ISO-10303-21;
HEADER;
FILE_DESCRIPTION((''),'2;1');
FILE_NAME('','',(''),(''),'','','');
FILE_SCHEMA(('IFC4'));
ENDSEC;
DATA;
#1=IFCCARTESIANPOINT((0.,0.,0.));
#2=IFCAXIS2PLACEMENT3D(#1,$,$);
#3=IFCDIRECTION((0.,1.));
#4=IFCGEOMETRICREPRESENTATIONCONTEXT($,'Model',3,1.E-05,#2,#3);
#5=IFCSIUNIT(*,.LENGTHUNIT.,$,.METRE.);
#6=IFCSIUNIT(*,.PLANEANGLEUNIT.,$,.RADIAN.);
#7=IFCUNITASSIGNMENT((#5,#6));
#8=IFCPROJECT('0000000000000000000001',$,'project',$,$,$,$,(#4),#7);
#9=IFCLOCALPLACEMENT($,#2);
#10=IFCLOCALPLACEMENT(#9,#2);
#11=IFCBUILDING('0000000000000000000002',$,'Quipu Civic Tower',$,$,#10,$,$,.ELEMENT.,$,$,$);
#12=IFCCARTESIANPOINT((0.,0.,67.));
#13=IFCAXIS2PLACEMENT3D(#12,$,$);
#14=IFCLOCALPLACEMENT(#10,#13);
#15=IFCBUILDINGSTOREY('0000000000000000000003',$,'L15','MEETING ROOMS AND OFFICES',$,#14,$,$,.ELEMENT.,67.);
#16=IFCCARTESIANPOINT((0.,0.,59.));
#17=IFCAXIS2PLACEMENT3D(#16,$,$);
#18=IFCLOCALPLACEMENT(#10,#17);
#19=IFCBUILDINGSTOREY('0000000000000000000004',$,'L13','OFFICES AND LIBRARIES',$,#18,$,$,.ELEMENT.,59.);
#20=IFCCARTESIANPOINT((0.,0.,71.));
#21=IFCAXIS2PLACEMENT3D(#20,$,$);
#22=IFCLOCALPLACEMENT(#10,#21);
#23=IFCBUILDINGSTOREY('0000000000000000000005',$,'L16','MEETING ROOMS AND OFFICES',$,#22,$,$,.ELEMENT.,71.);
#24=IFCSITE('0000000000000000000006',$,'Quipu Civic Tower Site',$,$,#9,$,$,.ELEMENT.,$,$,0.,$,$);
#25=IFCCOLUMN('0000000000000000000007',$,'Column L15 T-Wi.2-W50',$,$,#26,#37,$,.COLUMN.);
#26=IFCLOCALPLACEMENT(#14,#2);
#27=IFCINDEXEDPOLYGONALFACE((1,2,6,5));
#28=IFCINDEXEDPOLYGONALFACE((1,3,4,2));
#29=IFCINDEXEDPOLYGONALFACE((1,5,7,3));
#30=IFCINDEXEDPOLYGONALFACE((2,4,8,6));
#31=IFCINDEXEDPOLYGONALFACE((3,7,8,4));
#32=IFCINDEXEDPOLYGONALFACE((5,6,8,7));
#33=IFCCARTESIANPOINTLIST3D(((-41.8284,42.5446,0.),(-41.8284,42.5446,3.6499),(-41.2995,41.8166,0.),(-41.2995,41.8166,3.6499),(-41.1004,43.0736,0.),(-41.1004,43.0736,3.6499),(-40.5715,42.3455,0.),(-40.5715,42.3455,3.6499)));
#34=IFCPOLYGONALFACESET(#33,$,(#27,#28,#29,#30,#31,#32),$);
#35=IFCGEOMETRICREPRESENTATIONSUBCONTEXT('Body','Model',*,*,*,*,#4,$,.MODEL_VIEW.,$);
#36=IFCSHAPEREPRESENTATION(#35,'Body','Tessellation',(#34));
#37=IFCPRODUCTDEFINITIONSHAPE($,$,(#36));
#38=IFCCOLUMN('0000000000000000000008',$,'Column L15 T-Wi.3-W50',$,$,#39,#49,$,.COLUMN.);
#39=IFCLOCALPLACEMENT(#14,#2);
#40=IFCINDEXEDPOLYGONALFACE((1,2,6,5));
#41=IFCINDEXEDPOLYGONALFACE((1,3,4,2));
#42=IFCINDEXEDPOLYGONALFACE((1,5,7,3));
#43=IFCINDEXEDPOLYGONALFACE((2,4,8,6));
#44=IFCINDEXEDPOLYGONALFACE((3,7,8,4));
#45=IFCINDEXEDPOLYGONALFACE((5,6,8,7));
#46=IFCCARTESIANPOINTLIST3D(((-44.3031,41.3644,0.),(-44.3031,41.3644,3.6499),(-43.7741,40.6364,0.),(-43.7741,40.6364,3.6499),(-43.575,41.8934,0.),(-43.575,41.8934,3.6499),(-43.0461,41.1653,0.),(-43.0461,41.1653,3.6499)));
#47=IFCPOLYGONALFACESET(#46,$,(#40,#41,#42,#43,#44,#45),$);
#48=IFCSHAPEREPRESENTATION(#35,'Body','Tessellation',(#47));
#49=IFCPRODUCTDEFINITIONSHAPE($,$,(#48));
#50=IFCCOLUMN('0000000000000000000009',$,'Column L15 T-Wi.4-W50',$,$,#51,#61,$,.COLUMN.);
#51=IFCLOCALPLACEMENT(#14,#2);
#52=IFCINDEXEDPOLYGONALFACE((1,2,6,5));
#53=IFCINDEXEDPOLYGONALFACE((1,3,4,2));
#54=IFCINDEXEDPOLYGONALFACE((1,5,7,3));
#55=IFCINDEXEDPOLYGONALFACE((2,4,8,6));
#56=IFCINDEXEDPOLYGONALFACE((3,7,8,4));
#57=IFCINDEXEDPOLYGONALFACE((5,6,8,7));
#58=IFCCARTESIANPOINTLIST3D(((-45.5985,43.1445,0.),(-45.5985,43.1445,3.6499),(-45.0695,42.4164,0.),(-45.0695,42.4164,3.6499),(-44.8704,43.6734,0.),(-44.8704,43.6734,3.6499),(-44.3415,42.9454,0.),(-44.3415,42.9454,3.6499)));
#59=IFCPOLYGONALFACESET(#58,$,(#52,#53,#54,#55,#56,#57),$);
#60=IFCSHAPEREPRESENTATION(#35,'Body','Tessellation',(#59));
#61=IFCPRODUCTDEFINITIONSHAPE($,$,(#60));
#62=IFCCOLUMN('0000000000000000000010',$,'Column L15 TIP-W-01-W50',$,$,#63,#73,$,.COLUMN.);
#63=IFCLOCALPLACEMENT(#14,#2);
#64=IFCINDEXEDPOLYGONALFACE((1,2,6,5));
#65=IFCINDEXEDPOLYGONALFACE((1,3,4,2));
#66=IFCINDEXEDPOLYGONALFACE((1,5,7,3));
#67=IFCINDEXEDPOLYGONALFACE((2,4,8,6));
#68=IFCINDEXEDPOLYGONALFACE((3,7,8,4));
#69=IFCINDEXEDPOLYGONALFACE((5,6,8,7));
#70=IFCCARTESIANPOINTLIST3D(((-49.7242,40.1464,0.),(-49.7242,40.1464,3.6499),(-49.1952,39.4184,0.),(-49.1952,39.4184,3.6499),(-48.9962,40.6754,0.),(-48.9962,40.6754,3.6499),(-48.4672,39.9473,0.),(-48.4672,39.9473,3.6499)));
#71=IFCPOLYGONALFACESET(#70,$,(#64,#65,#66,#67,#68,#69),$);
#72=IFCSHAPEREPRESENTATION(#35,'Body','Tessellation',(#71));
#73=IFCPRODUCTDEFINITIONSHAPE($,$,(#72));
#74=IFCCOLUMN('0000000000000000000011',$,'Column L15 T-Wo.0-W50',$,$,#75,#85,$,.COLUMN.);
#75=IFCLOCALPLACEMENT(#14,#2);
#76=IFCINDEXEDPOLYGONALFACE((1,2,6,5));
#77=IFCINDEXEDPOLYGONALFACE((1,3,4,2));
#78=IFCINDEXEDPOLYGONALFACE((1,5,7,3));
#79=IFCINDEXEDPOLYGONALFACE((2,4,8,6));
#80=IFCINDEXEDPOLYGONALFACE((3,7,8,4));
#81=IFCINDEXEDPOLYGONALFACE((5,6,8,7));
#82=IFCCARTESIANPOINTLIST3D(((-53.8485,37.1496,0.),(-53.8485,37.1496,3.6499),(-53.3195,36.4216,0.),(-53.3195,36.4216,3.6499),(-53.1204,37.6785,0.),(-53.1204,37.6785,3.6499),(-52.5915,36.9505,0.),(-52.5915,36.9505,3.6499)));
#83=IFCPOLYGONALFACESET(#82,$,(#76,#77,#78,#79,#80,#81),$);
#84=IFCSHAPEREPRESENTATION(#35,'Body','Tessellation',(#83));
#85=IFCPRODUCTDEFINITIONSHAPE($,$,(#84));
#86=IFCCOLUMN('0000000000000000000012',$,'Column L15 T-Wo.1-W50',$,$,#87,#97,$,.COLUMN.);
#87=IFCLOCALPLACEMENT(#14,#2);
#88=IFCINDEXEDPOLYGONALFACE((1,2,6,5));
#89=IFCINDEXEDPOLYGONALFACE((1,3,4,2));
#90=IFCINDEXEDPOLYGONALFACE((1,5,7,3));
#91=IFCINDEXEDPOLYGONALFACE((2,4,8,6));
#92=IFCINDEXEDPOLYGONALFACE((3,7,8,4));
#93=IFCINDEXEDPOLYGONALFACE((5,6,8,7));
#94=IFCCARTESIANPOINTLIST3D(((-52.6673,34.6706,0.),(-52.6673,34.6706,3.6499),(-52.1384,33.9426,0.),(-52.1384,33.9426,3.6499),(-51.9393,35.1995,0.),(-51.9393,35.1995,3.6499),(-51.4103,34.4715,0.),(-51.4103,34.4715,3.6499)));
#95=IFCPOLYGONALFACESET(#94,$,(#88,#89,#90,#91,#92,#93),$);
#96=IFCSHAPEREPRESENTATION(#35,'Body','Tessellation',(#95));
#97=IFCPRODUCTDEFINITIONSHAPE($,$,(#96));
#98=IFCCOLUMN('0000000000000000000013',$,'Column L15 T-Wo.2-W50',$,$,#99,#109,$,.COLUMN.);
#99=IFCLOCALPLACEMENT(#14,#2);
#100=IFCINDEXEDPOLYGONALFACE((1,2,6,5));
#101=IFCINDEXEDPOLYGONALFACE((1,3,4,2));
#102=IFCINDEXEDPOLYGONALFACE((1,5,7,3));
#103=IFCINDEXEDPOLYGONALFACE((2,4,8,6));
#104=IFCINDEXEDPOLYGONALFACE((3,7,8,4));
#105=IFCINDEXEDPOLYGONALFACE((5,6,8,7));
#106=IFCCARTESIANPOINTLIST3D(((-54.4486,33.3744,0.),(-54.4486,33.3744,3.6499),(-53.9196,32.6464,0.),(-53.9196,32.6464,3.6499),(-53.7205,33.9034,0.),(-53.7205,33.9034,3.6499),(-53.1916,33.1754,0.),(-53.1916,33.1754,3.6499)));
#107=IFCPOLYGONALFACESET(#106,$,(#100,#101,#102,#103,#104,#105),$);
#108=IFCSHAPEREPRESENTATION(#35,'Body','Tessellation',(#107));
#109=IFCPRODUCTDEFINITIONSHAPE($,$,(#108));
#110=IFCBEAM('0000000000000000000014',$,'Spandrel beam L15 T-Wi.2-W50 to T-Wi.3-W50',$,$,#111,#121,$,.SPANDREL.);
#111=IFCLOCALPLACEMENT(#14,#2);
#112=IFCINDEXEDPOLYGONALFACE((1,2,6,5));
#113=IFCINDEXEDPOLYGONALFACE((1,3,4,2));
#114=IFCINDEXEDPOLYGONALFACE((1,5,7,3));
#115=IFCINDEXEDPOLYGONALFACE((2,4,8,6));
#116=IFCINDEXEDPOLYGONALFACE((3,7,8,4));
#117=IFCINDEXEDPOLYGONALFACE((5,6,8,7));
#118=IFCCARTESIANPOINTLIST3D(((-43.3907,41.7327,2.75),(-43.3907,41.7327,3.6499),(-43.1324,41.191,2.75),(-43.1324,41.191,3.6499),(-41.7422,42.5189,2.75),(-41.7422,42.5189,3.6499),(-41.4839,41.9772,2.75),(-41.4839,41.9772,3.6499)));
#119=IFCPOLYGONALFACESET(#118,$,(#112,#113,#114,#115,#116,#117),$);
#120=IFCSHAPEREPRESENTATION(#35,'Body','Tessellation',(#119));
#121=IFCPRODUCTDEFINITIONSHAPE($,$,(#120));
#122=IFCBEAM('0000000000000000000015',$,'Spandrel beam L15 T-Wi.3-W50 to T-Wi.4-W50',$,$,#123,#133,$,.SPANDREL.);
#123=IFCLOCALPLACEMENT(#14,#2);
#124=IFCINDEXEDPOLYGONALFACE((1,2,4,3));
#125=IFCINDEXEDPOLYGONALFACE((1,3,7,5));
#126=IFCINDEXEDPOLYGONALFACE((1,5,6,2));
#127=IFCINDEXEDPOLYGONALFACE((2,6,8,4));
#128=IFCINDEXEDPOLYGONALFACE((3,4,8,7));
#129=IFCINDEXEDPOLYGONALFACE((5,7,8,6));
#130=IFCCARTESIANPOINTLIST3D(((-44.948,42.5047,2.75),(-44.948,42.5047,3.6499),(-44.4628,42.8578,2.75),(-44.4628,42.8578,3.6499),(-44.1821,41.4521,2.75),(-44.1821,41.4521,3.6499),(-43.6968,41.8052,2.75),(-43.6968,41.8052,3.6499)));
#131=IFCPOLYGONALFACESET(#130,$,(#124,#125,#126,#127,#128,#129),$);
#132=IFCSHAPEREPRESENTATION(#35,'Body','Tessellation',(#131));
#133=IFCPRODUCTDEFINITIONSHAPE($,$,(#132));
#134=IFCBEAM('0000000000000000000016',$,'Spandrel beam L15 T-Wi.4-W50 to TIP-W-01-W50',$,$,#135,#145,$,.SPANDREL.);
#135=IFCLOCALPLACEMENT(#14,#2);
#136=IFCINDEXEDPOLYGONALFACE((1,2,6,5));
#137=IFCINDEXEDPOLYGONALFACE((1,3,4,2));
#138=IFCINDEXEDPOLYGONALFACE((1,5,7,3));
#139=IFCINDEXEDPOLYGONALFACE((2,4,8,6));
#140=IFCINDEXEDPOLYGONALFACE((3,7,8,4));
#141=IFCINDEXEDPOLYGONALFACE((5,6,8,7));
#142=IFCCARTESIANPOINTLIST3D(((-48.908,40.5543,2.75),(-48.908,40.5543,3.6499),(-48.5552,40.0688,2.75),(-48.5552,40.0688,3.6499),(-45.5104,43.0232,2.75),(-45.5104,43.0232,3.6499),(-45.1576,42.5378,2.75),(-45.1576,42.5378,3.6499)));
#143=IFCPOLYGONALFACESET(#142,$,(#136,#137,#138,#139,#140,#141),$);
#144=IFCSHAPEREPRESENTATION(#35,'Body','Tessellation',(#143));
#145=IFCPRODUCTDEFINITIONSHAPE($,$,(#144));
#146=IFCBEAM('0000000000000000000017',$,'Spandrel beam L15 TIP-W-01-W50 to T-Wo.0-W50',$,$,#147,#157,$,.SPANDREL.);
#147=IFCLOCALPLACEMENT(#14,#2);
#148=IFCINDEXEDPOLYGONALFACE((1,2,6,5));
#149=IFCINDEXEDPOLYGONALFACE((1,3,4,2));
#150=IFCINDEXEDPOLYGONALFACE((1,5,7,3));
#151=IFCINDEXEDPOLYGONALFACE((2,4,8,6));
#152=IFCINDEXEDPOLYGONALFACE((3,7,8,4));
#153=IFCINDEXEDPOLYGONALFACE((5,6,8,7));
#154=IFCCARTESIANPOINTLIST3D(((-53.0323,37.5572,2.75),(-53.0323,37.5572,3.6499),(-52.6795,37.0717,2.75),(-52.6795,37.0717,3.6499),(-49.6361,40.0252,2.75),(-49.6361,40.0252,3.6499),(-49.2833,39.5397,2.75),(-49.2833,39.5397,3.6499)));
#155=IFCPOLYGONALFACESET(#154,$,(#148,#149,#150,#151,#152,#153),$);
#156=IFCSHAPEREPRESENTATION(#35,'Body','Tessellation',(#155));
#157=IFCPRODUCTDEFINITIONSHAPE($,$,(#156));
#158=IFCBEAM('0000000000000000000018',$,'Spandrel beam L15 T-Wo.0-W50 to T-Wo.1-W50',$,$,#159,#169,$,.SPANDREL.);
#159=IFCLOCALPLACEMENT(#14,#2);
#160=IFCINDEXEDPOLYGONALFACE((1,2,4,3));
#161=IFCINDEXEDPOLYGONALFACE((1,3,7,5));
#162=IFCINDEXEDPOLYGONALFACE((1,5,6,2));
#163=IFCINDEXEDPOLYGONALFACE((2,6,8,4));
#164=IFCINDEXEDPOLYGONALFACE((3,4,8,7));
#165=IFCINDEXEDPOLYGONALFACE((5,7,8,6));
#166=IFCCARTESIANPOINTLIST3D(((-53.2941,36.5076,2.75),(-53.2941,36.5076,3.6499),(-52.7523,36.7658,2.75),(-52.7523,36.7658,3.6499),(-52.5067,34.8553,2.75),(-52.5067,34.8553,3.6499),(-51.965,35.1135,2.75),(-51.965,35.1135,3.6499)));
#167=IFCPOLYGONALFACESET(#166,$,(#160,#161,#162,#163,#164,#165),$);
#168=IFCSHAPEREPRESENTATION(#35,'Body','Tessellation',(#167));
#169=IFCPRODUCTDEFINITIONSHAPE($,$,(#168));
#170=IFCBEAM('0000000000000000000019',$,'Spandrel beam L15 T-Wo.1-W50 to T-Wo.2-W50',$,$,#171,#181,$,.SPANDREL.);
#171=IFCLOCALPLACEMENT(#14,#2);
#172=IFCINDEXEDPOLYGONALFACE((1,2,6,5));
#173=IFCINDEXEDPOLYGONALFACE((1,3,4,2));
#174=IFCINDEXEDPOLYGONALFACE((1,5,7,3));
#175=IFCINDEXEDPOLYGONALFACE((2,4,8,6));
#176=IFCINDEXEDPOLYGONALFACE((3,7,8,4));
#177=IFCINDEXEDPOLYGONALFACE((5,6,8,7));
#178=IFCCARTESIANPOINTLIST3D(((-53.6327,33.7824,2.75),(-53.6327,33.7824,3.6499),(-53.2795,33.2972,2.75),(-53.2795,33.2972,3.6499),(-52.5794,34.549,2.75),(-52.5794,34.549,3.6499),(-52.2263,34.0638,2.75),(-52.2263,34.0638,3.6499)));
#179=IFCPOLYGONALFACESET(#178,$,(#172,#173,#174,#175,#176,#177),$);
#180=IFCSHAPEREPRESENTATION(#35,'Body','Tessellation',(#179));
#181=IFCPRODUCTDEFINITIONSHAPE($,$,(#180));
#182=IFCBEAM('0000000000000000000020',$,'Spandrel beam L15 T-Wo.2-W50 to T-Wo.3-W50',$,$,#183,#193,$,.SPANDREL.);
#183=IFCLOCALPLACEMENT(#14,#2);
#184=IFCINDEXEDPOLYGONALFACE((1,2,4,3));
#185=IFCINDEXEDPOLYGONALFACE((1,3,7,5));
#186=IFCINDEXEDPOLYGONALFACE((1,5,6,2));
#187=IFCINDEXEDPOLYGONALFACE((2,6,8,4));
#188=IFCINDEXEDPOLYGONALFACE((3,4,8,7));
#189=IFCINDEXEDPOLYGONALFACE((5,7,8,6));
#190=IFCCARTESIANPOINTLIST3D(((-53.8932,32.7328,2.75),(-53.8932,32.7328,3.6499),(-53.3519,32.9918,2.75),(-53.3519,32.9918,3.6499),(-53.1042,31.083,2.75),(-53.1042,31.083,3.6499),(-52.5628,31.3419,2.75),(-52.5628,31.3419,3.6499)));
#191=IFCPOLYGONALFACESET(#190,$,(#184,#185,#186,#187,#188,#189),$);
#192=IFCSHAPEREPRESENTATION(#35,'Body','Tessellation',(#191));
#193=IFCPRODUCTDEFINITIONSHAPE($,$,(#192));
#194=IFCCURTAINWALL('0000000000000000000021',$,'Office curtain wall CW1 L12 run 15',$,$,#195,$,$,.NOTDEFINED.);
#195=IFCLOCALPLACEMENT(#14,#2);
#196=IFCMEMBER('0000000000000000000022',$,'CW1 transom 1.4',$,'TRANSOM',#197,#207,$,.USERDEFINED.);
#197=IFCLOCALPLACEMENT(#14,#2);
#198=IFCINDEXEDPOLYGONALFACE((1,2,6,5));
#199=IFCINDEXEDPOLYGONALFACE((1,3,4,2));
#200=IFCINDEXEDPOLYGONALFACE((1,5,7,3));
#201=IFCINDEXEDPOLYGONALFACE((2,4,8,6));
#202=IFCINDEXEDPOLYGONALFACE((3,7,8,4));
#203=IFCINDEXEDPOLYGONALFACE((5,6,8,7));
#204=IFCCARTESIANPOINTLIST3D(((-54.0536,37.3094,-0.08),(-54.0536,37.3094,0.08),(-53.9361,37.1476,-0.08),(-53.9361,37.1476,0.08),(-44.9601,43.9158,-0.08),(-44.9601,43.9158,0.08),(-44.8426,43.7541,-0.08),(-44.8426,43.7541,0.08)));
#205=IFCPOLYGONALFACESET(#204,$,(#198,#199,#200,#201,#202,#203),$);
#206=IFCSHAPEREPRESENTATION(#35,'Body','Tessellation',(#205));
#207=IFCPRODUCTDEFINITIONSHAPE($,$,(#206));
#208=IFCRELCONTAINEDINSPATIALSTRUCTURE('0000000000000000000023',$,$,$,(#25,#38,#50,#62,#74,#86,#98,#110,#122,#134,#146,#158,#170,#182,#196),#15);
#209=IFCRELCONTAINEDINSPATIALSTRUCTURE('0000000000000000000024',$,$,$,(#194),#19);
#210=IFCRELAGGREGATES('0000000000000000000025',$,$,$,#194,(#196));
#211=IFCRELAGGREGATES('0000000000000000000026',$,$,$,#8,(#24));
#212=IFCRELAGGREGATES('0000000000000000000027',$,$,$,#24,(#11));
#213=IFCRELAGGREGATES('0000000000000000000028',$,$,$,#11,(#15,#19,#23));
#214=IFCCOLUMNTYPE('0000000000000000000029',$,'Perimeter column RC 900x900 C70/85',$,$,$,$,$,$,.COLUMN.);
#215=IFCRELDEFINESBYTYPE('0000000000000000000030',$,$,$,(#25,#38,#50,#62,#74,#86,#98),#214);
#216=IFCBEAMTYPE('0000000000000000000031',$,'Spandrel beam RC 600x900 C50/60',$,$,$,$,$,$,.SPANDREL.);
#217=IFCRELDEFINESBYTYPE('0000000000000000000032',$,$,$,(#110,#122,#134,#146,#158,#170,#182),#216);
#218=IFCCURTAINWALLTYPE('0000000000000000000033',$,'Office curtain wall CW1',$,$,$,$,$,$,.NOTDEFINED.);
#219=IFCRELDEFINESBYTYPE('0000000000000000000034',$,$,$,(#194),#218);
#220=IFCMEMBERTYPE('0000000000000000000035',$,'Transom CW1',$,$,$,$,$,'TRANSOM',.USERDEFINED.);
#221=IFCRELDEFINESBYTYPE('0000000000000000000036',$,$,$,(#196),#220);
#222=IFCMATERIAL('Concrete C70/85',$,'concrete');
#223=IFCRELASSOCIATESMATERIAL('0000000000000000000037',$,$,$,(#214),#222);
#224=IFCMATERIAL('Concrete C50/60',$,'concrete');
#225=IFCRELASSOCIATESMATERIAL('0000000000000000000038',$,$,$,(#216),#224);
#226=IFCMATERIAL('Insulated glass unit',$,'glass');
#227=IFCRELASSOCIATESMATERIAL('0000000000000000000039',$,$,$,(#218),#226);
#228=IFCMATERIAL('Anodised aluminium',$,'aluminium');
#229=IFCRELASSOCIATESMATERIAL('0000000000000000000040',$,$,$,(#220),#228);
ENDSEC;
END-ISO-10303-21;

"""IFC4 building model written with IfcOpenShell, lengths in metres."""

from ifc_helpers import new_model, si_unit, direction, frame, origin, origin_2d, place, context, subcontext, project, spatial, rectangle, extrude, material, material_profile, profile_set, type_object, element, aggregate, save


model = new_model("IFC4")

# Units and contexts
model_context = context("Model", 3, precision=1e-05, world=origin(), true_north=direction((0.0, 1.0)))
body_context = subcontext(model_context, "Body", "Model", "MODEL_VIEW")
ifc_project = project(units=[si_unit("LENGTHUNIT", "METRE"), si_unit("PLANEANGLEUNIT", "RADIAN")], contexts=[model_context])

# Site, building, storey
site_placement = place(None, origin())
site = spatial("IfcSite", under=ifc_project, at=site_placement, Name="Quipu Civic Tower Site", CompositionType="ELEMENT", RefElevation=0.0)
building_placement = place(site_placement, origin())
building = spatial("IfcBuilding", under=site, at=building_placement, Name="Quipu Civic Tower", CompositionType="ELEMENT")
storey_1_placement = place(building_placement, frame((0.0, 0.0, 67.0)))
storey_1 = spatial("IfcBuildingStorey", under=building, at=storey_1_placement, Name="L15", Description="MEETING ROOMS AND OFFICES", CompositionType="ELEMENT", Elevation=67.0)

# Columns
ifc_material_1 = material(Name="Concrete C70/85", Category="concrete")
ifc_material_profile_1 = material_profile(ifc_material_1, rectangle(XDim=0.8999, YDim=0.8999, at=origin_2d()), Name="RC900x900")
ifc_profile_set_1 = profile_set([ifc_material_profile_1], Name="Concrete C70/85")
column_type = type_object("IfcColumnType", Name="Perimeter column RC 900x900 C70/85", PredefinedType="COLUMN", material=ifc_profile_set_1)
for number, where, z_axis, x_axis, name in (
    (1, (-41.2, 42.4451, 0.0), (0.0, 0.0, 1.0), (-0.587785, 0.809017, 0.0), "Column L15 T-Wi.2-W50"),
    (2, (-43.6746, 41.2649, 0.0), (0.0, 0.0, 1.0), (-0.809017, -0.587785, 0.0), "Column L15 T-Wi.3-W50"),
    (3, (-44.97, 43.0449, 0.0), (0.0, 0.0, 1.0), (-0.809017, -0.587785, 0.0), "Column L15 T-Wi.4-W50"),
    (4, (-49.0957, 40.0469, 0.0), (0.0, 0.0, 1.0), (-0.809017, -0.587785, 0.0), "Column L15 TIP-W-01-W50"),
    (5, (-53.22, 37.05, 0.0), (0.0, 0.0, 1.0), (0.587785, -0.809017, 0.0), "Column L15 T-Wo.0-W50"),
    (6, (-52.0388, 34.571, 0.0), (0.0, 0.0, 1.0), (-0.809017, -0.587785, 0.0), "Column L15 T-Wo.1-W50"),
    (7, (-53.8201, 33.2749, 0.0), (0.0, 0.0, 1.0), (0.587785, -0.809017, 0.0), "Column L15 T-Wo.2-W50"),
):
    element("IfcColumn", number, at=place(storey_1_placement, frame(where, z_axis=z_axis, x_axis=x_axis)), inside=storey_1, type_object=column_type, Name=name, PredefinedType="COLUMN", context=body_context, shape_type="SweptSolid", body=[
        extrude(rectangle(XDim=0.8999, YDim=0.8999, at=origin_2d()), origin(), (0.0, 0.0, 1.0), 3.6499),
    ])

# Beams
ifc_material_2 = material(Name="Concrete C50/60", Category="concrete")
ifc_material_profile_2 = material_profile(ifc_material_2, rectangle(XDim=0.6001, YDim=0.8999, at=origin_2d()), Name="RC600x900")
ifc_profile_set_2 = profile_set([ifc_material_profile_2], Name="Concrete C50/60")
beam_type = type_object("IfcBeamType", Name="Spandrel beam RC 600x900 C50/60", PredefinedType="SPANDREL", material=ifc_profile_set_2)
beam_1_placement = place(storey_1_placement, frame((-41.613, 42.248, 3.2), z_axis=(-0.902613, -0.430452, 0.0), x_axis=(0.430452, -0.902613, 0.0)))
element("IfcBeam", 8, at=beam_1_placement, inside=storey_1, type_object=beam_type, Name="Spandrel beam L15 T-Wi.2-W50 to T-Wi.3-W50", PredefinedType="SPANDREL", context=body_context, shape_type="SweptSolid", body=[
    extrude(rectangle(XDim=0.6001, YDim=0.8999, at=origin_2d()), origin(), (0.0, 0.0, 1.0), 1.8264),
])
beam_2_placement = place(storey_1_placement, frame((-43.9395, 41.6287, 3.2), z_axis=(-0.588384, 0.808582, 0.0), x_axis=(-0.808582, -0.588384, 0.0)))
element("IfcBeam", 9, at=beam_2_placement, inside=storey_1, type_object=beam_type, Name="Spandrel beam L15 T-Wi.3-W50 to T-Wi.4-W50", PredefinedType="SPANDREL", context=body_context, shape_type="SweptSolid", body=[
    extrude(rectangle(XDim=0.6001, YDim=0.8999, at=origin_2d()), origin(), (0.0, 0.0, 1.0), 1.3018),
])
beam_3_placement = place(storey_1_placement, frame((-45.334, 42.7805, 3.2), z_axis=(-0.80897, -0.58785, 0.0), x_axis=(0.58785, -0.80897, 0.0)))
element("IfcBeam", 10, at=beam_3_placement, inside=storey_1, type_object=beam_type, Name="Spandrel beam L15 T-Wi.4-W50 to TIP-W-01-W50", PredefinedType="SPANDREL", context=body_context, shape_type="SweptSolid", body=[
    extrude(rectangle(XDim=0.6001, YDim=0.8999, at=origin_2d()), origin(), (0.0, 0.0, 1.0), 4.2),
])
beam_4_placement = place(storey_1_placement, frame((-49.4597, 39.7825, 3.2), z_axis=(-0.80896, -0.587864, 0.0), x_axis=(0.587864, -0.80896, 0.0)))
element("IfcBeam", 11, at=beam_4_placement, inside=storey_1, type_object=beam_type, Name="Spandrel beam L15 TIP-W-01-W50 to T-Wo.0-W50", PredefinedType="SPANDREL", context=body_context, shape_type="SweptSolid", body=[
    extrude(rectangle(XDim=0.6001, YDim=0.8999, at=origin_2d()), origin(), (0.0, 0.0, 1.0), 4.1982),
])
beam_5_placement = place(storey_1_placement, frame((-53.0232, 36.6367, 3.2), z_axis=(0.430167, -0.90275, 0.0), x_axis=(0.90275, 0.430167, 0.0)))
element("IfcBeam", 12, at=beam_5_placement, inside=storey_1, type_object=beam_type, Name="Spandrel beam L15 T-Wo.0-W50 to T-Wo.1-W50", PredefinedType="SPANDREL", context=body_context, shape_type="SweptSolid", body=[
    extrude(rectangle(XDim=0.6001, YDim=0.8999, at=origin_2d()), origin(), (0.0, 0.0, 1.0), 1.8303),
])
beam_6_placement = place(storey_1_placement, frame((-52.4028, 34.3064, 3.2), z_axis=(-0.808509, -0.588484, 0.0), x_axis=(0.588484, -0.808509, 0.0)))
element("IfcBeam", 13, at=beam_6_placement, inside=storey_1, type_object=beam_type, Name="Spandrel beam L15 T-Wo.1-W50 to T-Wo.2-W50", PredefinedType="SPANDREL", context=body_context, shape_type="SweptSolid", body=[
    extrude(rectangle(XDim=0.6001, YDim=0.8999, at=origin_2d()), origin(), (0.0, 0.0, 1.0), 1.3027),
])
beam_7_placement = place(storey_1_placement, frame((-53.6226, 32.8623, 3.2), z_axis=(0.431446, -0.902139, 0.0), x_axis=(0.902139, 0.431446, 0.0)))
element("IfcBeam", 14, at=beam_7_placement, inside=storey_1, type_object=beam_type, Name="Spandrel beam L15 T-Wo.2-W50 to T-Wo.3-W50", PredefinedType="SPANDREL", context=body_context, shape_type="SweptSolid", body=[
    extrude(rectangle(XDim=0.6001, YDim=0.8999, at=origin_2d()), origin(), (0.0, 0.0, 1.0), 1.8289),
])

# Shared definitions
storey_2_placement = place(building_placement, frame((0.0, 0.0, 59.0)))
storey_2 = spatial("IfcBuildingStorey", under=building, at=storey_2_placement, Name="L13", Description="OFFICES AND LIBRARIES", CompositionType="ELEMENT", Elevation=59.0)

# Curtain wall, member
ifc_material_3 = material(Name="Insulated glass unit", Category="glass")
curtain_wall_type = type_object("IfcCurtainWallType", Name="Office curtain wall CW1", PredefinedType="NOTDEFINED", material=ifc_material_3)
curtain_wall_1_placement = place(storey_2_placement, origin())
curtain_wall_1 = element("IfcCurtainWall", 15, at=curtain_wall_1_placement, inside=storey_2, type_object=curtain_wall_type, Name="Office curtain wall CW1 L12 run 15", PredefinedType="NOTDEFINED")
ifc_material_4 = material(Name="Anodised aluminium", Category="aluminium")
ifc_material_profile_3 = material_profile(ifc_material_4, rectangle(XDim=0.2, YDim=0.1599, at=origin_2d()), Name="RECT 200x160")
ifc_profile_set_3 = profile_set([ifc_material_profile_3], Name="Anodised aluminium")
member_type = type_object("IfcMemberType", Name="Transom CW1", ElementType="TRANSOM", PredefinedType="USERDEFINED", material=ifc_profile_set_3)
member_1_placement = place(storey_1_placement, frame((-44.9014, 43.835, 0.0), z_axis=(-0.809033, -0.587764, 0.0), x_axis=(0.587764, -0.809033, 0.0)))
member_1 = element("IfcMember", 16, at=member_1_placement, inside=storey_1, type_object=member_type, Name="CW1 transom 1.4", ObjectType="TRANSOM", PredefinedType="USERDEFINED", context=body_context, shape_type="SweptSolid", body=[
    extrude(rectangle(XDim=0.2, YDim=0.1599, at=origin_2d()), origin(), (0.0, 0.0, 1.0), 11.24),
])
aggregate(curtain_wall_1, [member_1])

# Shared definitions
storey_3_placement = place(building_placement, frame((0.0, 0.0, 71.0)))
storey_3 = spatial("IfcBuildingStorey", under=building, at=storey_3_placement, Name="L16", Description="MEETING ROOMS AND OFFICES", CompositionType="ELEMENT", Elevation=71.0)

save(model, "model.ifc")
